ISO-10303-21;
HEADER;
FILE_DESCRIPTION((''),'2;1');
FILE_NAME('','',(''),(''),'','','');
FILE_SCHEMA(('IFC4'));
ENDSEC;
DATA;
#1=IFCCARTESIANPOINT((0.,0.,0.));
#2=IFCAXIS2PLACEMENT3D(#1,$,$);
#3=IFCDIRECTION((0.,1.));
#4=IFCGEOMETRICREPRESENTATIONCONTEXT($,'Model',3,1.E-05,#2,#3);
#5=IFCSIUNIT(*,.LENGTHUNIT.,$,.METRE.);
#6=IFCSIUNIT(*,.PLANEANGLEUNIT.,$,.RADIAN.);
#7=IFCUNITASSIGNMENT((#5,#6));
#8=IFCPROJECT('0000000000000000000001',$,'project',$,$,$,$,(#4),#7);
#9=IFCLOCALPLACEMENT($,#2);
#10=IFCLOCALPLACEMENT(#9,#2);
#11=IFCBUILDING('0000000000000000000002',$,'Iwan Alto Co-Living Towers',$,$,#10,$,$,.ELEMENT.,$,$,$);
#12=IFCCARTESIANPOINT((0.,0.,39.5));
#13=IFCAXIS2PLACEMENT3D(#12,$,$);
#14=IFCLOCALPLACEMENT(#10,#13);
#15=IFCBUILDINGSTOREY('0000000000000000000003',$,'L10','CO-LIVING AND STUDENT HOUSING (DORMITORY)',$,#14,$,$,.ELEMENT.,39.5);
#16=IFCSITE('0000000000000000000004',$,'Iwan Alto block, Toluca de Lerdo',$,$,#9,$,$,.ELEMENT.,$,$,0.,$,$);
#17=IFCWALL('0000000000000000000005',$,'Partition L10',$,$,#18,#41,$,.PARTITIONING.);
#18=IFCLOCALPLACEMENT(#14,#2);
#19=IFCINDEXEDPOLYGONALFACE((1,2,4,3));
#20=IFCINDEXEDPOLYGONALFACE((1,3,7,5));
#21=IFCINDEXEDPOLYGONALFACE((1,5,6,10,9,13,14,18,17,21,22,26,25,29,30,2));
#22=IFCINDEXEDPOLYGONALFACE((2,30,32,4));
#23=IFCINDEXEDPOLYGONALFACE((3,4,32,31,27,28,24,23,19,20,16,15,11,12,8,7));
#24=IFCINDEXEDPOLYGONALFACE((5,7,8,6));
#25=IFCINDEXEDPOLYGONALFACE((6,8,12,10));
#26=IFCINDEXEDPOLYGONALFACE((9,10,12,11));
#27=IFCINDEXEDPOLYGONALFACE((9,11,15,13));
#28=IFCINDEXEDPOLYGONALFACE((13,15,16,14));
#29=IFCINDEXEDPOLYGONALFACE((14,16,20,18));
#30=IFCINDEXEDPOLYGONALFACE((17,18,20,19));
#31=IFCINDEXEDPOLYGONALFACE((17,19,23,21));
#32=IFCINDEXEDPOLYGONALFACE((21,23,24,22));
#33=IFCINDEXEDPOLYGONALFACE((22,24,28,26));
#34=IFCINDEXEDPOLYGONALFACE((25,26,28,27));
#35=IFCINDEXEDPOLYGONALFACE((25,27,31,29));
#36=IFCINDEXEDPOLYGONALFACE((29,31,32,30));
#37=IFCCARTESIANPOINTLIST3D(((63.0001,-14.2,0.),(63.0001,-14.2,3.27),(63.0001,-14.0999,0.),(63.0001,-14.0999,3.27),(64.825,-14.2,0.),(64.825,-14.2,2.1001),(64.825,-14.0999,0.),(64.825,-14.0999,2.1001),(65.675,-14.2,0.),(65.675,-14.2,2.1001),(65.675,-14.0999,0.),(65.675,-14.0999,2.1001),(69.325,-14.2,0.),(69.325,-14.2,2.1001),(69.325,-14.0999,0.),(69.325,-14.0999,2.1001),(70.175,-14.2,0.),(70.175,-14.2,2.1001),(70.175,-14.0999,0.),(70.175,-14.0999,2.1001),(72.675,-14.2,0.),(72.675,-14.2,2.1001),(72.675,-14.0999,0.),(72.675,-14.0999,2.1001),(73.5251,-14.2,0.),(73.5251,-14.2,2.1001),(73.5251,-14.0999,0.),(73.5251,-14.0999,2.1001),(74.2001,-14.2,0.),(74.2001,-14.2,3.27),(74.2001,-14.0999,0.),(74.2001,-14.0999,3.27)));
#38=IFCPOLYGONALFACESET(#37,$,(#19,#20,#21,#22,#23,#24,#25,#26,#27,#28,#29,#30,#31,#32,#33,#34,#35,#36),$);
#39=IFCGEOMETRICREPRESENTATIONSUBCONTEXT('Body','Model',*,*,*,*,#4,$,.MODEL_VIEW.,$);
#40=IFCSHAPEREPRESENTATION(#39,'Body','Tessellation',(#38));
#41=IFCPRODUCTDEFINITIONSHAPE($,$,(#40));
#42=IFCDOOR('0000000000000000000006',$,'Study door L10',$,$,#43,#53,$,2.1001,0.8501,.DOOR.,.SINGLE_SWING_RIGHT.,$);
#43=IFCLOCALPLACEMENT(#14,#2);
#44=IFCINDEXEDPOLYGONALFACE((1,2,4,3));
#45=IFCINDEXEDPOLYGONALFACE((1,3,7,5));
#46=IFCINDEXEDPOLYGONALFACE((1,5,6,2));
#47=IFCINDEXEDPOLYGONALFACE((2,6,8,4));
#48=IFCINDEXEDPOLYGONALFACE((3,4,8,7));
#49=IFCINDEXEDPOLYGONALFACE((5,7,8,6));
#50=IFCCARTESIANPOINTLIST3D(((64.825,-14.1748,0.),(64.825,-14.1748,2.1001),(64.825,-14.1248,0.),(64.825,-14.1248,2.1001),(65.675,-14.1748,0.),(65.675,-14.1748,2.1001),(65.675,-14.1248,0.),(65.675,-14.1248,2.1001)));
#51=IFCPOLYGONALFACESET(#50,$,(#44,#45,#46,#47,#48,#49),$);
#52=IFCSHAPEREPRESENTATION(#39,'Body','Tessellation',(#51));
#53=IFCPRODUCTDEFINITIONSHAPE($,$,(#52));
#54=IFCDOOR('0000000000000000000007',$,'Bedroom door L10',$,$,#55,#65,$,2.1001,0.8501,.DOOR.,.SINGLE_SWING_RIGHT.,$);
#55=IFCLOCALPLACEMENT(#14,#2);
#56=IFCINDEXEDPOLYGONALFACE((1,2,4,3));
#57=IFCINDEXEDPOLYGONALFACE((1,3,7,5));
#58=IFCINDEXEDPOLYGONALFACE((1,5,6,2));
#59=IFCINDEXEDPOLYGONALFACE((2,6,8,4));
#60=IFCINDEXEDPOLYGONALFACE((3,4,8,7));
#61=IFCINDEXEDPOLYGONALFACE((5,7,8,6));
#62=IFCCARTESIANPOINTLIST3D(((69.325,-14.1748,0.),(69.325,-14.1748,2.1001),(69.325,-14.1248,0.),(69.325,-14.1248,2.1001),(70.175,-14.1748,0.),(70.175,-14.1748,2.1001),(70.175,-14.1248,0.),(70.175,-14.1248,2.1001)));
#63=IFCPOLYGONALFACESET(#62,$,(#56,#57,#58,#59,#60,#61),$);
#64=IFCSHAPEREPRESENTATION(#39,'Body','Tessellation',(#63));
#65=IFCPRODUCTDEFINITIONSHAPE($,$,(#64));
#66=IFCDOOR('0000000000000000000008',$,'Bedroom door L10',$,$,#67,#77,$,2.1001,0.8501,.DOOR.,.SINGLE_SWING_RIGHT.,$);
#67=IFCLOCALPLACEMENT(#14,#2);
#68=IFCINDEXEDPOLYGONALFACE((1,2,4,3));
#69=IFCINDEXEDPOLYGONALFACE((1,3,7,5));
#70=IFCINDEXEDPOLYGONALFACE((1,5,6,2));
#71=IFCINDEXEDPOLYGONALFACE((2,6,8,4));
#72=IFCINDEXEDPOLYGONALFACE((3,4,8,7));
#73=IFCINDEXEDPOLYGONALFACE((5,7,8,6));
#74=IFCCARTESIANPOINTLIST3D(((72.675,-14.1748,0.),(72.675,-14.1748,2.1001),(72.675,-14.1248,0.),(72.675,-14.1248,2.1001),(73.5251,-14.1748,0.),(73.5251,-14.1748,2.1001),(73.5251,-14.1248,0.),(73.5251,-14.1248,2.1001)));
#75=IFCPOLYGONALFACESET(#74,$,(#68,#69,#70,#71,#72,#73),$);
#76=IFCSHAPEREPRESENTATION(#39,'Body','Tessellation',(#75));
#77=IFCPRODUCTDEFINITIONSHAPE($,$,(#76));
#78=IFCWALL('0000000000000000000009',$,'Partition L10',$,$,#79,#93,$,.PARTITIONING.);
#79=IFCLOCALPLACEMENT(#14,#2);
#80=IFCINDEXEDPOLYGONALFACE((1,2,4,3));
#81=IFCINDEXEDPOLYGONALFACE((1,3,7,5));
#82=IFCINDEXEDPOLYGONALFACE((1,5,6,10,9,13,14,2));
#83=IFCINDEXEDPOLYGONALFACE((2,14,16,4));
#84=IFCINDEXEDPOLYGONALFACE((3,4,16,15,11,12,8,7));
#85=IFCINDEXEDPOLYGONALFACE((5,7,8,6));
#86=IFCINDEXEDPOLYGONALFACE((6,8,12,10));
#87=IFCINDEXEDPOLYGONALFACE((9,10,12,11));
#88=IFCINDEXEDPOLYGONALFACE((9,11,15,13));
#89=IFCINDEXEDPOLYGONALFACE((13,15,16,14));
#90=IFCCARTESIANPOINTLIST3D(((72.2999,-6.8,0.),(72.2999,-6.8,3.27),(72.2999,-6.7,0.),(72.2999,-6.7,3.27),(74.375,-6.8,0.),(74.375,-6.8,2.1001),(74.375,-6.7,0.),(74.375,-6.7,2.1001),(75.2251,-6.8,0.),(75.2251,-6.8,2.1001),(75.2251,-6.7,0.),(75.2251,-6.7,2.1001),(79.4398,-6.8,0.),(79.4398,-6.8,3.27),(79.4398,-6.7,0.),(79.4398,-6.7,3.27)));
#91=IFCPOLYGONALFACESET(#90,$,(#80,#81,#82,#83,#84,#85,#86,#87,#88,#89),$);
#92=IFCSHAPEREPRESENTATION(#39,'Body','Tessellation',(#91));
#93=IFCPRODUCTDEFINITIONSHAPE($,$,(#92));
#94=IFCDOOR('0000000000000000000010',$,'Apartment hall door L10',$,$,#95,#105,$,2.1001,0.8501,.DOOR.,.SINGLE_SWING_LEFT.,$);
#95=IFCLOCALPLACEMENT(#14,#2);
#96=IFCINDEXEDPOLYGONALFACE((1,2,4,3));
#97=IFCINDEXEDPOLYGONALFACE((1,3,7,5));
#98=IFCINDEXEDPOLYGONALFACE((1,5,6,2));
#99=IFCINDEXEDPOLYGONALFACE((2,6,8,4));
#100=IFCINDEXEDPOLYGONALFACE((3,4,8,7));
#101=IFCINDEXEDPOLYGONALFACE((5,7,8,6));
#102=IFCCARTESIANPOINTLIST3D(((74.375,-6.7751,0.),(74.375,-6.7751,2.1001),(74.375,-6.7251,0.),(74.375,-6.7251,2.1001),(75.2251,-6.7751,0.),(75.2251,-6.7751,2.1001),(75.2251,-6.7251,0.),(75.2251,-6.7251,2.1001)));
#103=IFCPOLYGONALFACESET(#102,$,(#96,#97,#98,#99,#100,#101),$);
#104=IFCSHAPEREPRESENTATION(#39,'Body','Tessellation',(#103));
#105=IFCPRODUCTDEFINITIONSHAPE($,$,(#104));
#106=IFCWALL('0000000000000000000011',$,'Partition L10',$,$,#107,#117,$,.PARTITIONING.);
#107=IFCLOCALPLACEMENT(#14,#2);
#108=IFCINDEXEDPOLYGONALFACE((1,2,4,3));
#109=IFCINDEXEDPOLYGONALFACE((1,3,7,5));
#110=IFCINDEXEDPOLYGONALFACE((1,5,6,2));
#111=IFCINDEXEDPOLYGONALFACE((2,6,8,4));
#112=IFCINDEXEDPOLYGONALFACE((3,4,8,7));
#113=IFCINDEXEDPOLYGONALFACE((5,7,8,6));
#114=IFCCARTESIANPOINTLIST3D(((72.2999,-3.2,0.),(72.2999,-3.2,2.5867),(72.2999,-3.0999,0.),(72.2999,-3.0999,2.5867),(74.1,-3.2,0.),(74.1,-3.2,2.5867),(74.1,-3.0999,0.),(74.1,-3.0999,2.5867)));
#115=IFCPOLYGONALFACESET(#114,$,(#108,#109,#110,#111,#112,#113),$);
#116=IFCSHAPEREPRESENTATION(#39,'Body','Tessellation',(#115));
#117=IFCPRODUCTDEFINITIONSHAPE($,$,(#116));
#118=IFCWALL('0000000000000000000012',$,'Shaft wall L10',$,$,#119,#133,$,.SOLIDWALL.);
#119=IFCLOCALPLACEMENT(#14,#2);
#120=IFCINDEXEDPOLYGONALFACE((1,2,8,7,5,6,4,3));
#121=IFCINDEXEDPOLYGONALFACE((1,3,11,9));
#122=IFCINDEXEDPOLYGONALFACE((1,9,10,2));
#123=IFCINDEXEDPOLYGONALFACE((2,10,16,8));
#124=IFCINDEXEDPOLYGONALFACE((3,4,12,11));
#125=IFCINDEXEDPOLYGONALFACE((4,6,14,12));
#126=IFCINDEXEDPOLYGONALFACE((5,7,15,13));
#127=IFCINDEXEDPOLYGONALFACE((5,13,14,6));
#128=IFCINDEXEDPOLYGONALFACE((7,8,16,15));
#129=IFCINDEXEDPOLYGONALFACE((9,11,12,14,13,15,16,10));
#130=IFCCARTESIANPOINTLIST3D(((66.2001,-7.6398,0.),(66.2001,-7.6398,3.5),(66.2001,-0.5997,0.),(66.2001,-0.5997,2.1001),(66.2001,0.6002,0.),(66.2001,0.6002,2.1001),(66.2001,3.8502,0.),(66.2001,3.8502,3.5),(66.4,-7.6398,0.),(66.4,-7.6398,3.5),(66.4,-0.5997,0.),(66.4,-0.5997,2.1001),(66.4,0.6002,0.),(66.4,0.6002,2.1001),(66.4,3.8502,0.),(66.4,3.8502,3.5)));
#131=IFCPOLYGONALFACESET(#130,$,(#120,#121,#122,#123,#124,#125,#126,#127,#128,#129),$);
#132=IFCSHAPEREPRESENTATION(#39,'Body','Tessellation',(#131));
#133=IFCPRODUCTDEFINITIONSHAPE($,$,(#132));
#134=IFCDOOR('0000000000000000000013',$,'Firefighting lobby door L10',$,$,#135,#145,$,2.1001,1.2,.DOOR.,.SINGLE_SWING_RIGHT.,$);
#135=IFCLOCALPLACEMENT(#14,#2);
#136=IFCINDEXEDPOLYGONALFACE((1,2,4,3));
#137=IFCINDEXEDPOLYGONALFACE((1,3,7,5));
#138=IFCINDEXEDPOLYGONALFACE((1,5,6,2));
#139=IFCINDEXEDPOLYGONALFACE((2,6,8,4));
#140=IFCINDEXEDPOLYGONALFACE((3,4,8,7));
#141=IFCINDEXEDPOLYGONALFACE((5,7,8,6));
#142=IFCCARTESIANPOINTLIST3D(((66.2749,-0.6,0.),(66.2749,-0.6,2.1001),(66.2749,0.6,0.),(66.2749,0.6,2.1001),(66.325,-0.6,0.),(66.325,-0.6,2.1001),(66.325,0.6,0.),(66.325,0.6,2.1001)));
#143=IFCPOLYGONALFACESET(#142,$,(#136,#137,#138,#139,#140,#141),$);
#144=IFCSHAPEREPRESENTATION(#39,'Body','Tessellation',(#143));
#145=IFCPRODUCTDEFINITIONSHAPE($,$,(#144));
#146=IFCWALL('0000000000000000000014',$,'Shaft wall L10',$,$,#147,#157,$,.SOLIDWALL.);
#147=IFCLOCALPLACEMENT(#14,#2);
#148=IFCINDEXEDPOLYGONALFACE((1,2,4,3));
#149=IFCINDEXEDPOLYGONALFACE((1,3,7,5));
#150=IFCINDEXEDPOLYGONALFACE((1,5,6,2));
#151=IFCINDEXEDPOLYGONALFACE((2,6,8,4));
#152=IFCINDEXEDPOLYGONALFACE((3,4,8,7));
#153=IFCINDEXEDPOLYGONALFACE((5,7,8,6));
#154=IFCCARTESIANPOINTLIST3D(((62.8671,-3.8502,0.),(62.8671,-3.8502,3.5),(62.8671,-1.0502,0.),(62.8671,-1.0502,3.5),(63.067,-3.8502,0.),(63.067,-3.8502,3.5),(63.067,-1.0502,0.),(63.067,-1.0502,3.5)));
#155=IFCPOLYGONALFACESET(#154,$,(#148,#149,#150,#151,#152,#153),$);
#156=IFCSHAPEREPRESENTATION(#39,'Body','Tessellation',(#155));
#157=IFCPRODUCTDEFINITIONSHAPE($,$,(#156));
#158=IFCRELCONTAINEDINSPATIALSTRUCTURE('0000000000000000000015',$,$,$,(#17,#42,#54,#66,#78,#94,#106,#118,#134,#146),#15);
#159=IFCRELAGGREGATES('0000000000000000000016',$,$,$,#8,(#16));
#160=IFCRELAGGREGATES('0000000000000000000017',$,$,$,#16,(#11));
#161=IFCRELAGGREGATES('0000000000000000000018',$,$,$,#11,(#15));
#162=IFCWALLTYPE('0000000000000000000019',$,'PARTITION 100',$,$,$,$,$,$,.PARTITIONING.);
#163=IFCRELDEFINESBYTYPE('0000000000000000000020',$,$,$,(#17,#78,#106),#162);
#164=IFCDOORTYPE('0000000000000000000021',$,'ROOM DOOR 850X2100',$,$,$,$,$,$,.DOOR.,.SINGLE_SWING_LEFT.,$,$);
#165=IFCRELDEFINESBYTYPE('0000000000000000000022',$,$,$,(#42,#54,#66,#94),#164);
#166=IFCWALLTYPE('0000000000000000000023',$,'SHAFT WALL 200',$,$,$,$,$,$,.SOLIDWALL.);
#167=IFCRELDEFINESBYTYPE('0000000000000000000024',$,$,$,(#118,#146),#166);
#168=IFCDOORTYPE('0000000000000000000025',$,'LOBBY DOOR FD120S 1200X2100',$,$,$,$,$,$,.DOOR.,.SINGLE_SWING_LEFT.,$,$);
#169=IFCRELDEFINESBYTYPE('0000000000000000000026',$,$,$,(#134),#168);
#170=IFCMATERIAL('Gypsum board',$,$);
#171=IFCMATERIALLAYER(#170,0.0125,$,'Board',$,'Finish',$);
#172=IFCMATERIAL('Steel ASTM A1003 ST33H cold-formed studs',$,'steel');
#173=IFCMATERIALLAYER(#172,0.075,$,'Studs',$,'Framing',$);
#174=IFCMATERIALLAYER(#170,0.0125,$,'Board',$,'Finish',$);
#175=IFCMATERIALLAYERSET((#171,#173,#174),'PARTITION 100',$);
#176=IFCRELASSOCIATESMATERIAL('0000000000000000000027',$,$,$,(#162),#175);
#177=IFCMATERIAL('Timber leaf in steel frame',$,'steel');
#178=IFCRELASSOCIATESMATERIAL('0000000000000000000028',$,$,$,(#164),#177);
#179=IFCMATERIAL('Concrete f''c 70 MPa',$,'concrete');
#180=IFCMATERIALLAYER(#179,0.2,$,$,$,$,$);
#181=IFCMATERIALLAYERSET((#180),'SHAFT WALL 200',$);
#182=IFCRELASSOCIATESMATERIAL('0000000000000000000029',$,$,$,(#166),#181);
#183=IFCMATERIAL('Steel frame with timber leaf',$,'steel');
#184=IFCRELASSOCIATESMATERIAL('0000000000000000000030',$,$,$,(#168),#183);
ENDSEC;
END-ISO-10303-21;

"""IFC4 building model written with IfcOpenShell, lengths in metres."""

from ifc_helpers import new_model, si_unit, direction, frame, frame_2d, origin, place, context, subcontext, project, spatial, rectangle, extrude, material, layer, layer_set, type_object, element, fill, save


model = new_model("IFC4")

# Units and contexts
model_context = context("Model", 3, precision=1e-05, world=origin(), true_north=direction((0.0, 1.0)))
body_context = subcontext(model_context, "Body", "Model", "MODEL_VIEW")
ifc_project = project(units=[si_unit("LENGTHUNIT", "METRE"), si_unit("PLANEANGLEUNIT", "RADIAN")], contexts=[model_context])

# Site, building, storey
site_placement = place(None, origin())
site = spatial("IfcSite", under=ifc_project, at=site_placement, Name="Iwan Alto block, Toluca de Lerdo", CompositionType="ELEMENT", RefElevation=0.0)
building_placement = place(site_placement, origin())
building = spatial("IfcBuilding", under=site, at=building_placement, Name="Iwan Alto Co-Living Towers", CompositionType="ELEMENT")
storey_placement = place(building_placement, frame((0.0, 0.0, 39.5)))
storey = spatial("IfcBuildingStorey", under=building, at=storey_placement, Name="L10", Description="CO-LIVING AND STUDENT HOUSING (DORMITORY)", CompositionType="ELEMENT", Elevation=39.5)

# Shared definitions
ifc_material_1 = material(Name="Gypsum board")
ifc_material_2 = material(Name="Steel ASTM A1003 ST33H cold-formed studs", Category="steel")

# Wall, openings, doors
ifc_layer_1 = layer(ifc_material_1, 0.0125, Name="Board", Category="Finish")
ifc_layer_2 = layer(ifc_material_2, 0.075, Name="Studs", Category="Framing")
ifc_layer_3 = layer(ifc_material_1, 0.0125, Name="Board", Category="Finish")
ifc_layer_set_1 = layer_set([ifc_layer_1, ifc_layer_2, ifc_layer_3], Name="PARTITION 100")
wall_type_1 = type_object("IfcWallType", Name="PARTITION 100", PredefinedType="PARTITIONING", material=ifc_layer_set_1)
wall_1_placement = place(storey_placement, frame((63.0, -14.1499, 0.0), z_axis=(0.0, 0.0, 1.0), x_axis=(1.0, 0.0, 0.0)))
wall_1 = element("IfcWall", 1, at=wall_1_placement, inside=storey, type_object=wall_type_1, Name="Partition L10", PredefinedType="PARTITIONING", context=body_context, shape_type="SweptSolid", body=[
    extrude(rectangle(XDim=11.2, YDim=0.1001, at=frame_2d((5.6001, 0.0))), origin(), (0.0, 0.0, 1.0), 3.27),
])
opening_1_placement = place(wall_1_placement, frame((1.825, 0.0, 0.0)))
opening_1 = element("IfcOpeningElement", 2, at=opening_1_placement, cuts=wall_1, PredefinedType="OPENING", context=body_context, shape_type="SweptSolid", body=[
    extrude(rectangle(XDim=0.8501, YDim=2.1001, at=frame_2d((0.425, 1.05))), frame((0.0, 0.0601, 0.0), z_axis=(0.0, -1.0, 0.0), x_axis=(1.0, 0.0, 0.0)), (0.0, 0.0, 1.0), 0.1201),
])
opening_2_placement = place(wall_1_placement, frame((6.325, 0.0, 0.0)))
opening_2 = element("IfcOpeningElement", 3, at=opening_2_placement, cuts=wall_1, PredefinedType="OPENING", context=body_context, shape_type="SweptSolid", body=[
    extrude(rectangle(XDim=0.8501, YDim=2.1001, at=frame_2d((0.425, 1.05))), frame((0.0, 0.0601, 0.0), z_axis=(0.0, -1.0, 0.0), x_axis=(1.0, 0.0, 0.0)), (0.0, 0.0, 1.0), 0.1201),
])
opening_3_placement = place(wall_1_placement, frame((9.675, 0.0, 0.0)))
opening_3 = element("IfcOpeningElement", 4, at=opening_3_placement, cuts=wall_1, PredefinedType="OPENING", context=body_context, shape_type="SweptSolid", body=[
    extrude(rectangle(XDim=0.8501, YDim=2.1001, at=frame_2d((0.425, 1.05))), frame((0.0, 0.0601, 0.0), z_axis=(0.0, -1.0, 0.0), x_axis=(1.0, 0.0, 0.0)), (0.0, 0.0, 1.0), 0.1201),
])
ifc_material_3 = material(Name="Timber leaf in steel frame", Category="steel")
door_type_1 = type_object("IfcDoorType", Name="ROOM DOOR 850X2100", OperationType="SINGLE_SWING_LEFT", PredefinedType="DOOR", material=ifc_material_3)
door_1_placement = place(opening_1_placement, frame((0.8501, 0.0, 0.0), z_axis=(0.0, 0.0, 1.0), x_axis=(-1.0, 0.0, 0.0)))
door_1 = element("IfcDoor", 5, at=door_1_placement, inside=storey, type_object=door_type_1, Name="Study door L10", OperationType="SINGLE_SWING_RIGHT", OverallHeight=2.1001, OverallWidth=0.8501, PredefinedType="DOOR", context=body_context, shape_type="SweptSolid", body=[
    extrude(rectangle(XDim=0.8501, YDim=2.1001, at=frame_2d((0.425, 1.05))), frame((0.0, 0.0249, 0.0), z_axis=(0.0, -1.0, 0.0), x_axis=(1.0, 0.0, 0.0)), (0.0, 0.0, 1.0), 0.05),
])
fill(opening_1, door_1)
door_2_placement = place(opening_2_placement, frame((0.8501, 0.0, 0.0), z_axis=(0.0, 0.0, 1.0), x_axis=(-1.0, 0.0, 0.0)))
door_2 = element("IfcDoor", 6, at=door_2_placement, inside=storey, type_object=door_type_1, Name="Bedroom door L10", OperationType="SINGLE_SWING_RIGHT", OverallHeight=2.1001, OverallWidth=0.8501, PredefinedType="DOOR", context=body_context, shape_type="SweptSolid", body=[
    extrude(rectangle(XDim=0.8501, YDim=2.1001, at=frame_2d((0.425, 1.05))), frame((0.0, 0.0249, 0.0), z_axis=(0.0, -1.0, 0.0), x_axis=(1.0, 0.0, 0.0)), (0.0, 0.0, 1.0), 0.05),
])
fill(opening_2, door_2)
door_3_placement = place(opening_3_placement, frame((0.8501, 0.0, 0.0), z_axis=(0.0, 0.0, 1.0), x_axis=(-1.0, 0.0, 0.0)))
door_3 = element("IfcDoor", 7, at=door_3_placement, inside=storey, type_object=door_type_1, Name="Bedroom door L10", OperationType="SINGLE_SWING_RIGHT", OverallHeight=2.1001, OverallWidth=0.8501, PredefinedType="DOOR", context=body_context, shape_type="SweptSolid", body=[
    extrude(rectangle(XDim=0.8501, YDim=2.1001, at=frame_2d((0.425, 1.05))), frame((0.0, 0.0249, 0.0), z_axis=(0.0, -1.0, 0.0), x_axis=(1.0, 0.0, 0.0)), (0.0, 0.0, 1.0), 0.05),
])
fill(opening_3, door_3)

# Wall, opening, door
wall_2_placement = place(storey_placement, frame((72.3, -6.75, 0.0), z_axis=(0.0, 0.0, 1.0), x_axis=(1.0, 0.0, 0.0)))
wall_2 = element("IfcWall", 8, at=wall_2_placement, inside=storey, type_object=wall_type_1, Name="Partition L10", PredefinedType="PARTITIONING", context=body_context, shape_type="SweptSolid", body=[
    extrude(rectangle(XDim=7.1399, YDim=0.1001, at=frame_2d((3.5698, 0.0))), origin(), (0.0, 0.0, 1.0), 3.27),
])
opening_4_placement = place(wall_2_placement, frame((2.075, 0.0, 0.0)))
opening_4 = element("IfcOpeningElement", 9, at=opening_4_placement, cuts=wall_2, PredefinedType="OPENING", context=body_context, shape_type="SweptSolid", body=[
    extrude(rectangle(XDim=0.8501, YDim=2.1001, at=frame_2d((0.425, 1.05))), frame((0.0, 0.0601, 0.0), z_axis=(0.0, -1.0, 0.0), x_axis=(1.0, 0.0, 0.0)), (0.0, 0.0, 1.0), 0.1201),
])
door_4_placement = place(opening_4_placement, origin())
door_4 = element("IfcDoor", 10, at=door_4_placement, inside=storey, type_object=door_type_1, Name="Apartment hall door L10", OperationType="SINGLE_SWING_LEFT", OverallHeight=2.1001, OverallWidth=0.8501, PredefinedType="DOOR", context=body_context, shape_type="SweptSolid", body=[
    extrude(rectangle(XDim=0.8501, YDim=2.1001, at=frame_2d((0.425, 1.05))), frame((0.0, 0.0249, 0.0), z_axis=(0.0, -1.0, 0.0), x_axis=(1.0, 0.0, 0.0)), (0.0, 0.0, 1.0), 0.05),
])
fill(opening_4, door_4)

# Wall
wall_3_placement = place(storey_placement, frame((72.3, -3.1499, 0.0), z_axis=(0.0, 0.0, 1.0), x_axis=(1.0, 0.0, 0.0)))
element("IfcWall", 11, at=wall_3_placement, inside=storey, type_object=wall_type_1, Name="Partition L10", PredefinedType="PARTITIONING", context=body_context, shape_type="SweptSolid", body=[
    extrude(rectangle(XDim=1.8, YDim=0.1001, at=frame_2d((0.8999, 0.0))), origin(), (0.0, 0.0, 1.0), 2.5867),
])

# Wall, opening, door
ifc_material_4 = material(Name="Concrete f'c 70 MPa", Category="concrete")
ifc_layer_4 = layer(ifc_material_4, 0.2)
ifc_layer_set_2 = layer_set([ifc_layer_4], Name="SHAFT WALL 200")
wall_type_2 = type_object("IfcWallType", Name="SHAFT WALL 200", PredefinedType="SOLIDWALL", material=ifc_layer_set_2)
wall_4_placement = place(storey_placement, frame((66.3, -7.6399, 0.0), z_axis=(0.0, 0.0, 1.0), x_axis=(0.0, 1.0, 0.0)))
wall_4 = element("IfcWall", 12, at=wall_4_placement, inside=storey, type_object=wall_type_2, Name="Shaft wall L10", PredefinedType="SOLIDWALL", context=body_context, shape_type="SweptSolid", body=[
    extrude(rectangle(XDim=11.49, YDim=0.2, at=frame_2d((5.7451, 0.0))), origin(), (0.0, 0.0, 1.0), 3.5),
])
opening_5_placement = place(wall_4_placement, frame((7.04, 0.0, 0.0)))
opening_5 = element("IfcOpeningElement", 13, at=opening_5_placement, cuts=wall_4, PredefinedType="OPENING", context=body_context, shape_type="SweptSolid", body=[
    extrude(rectangle(XDim=1.2, YDim=2.1001, at=frame_2d((0.6001, 1.05))), frame((0.0, 0.1099, 0.0), z_axis=(0.0, -1.0, 0.0), x_axis=(1.0, 0.0, 0.0)), (0.0, 0.0, 1.0), 0.22),
])
ifc_material_5 = material(Name="Steel frame with timber leaf", Category="steel")
door_type_2 = type_object("IfcDoorType", Name="LOBBY DOOR FD120S 1200X2100", OperationType="SINGLE_SWING_LEFT", PredefinedType="DOOR", material=ifc_material_5)
door_5_placement = place(opening_5_placement, frame((1.2, 0.0, 0.0), z_axis=(0.0, 0.0, 1.0), x_axis=(-1.0, 0.0, 0.0)))
door_5 = element("IfcDoor", 14, at=door_5_placement, inside=storey, type_object=door_type_2, Name="Firefighting lobby door L10", OperationType="SINGLE_SWING_RIGHT", OverallHeight=2.1001, OverallWidth=1.2, PredefinedType="DOOR", context=body_context, shape_type="SweptSolid", body=[
    extrude(rectangle(XDim=1.2, YDim=2.1001, at=frame_2d((0.6001, 1.05))), frame((0.0, 0.0249, 0.0), z_axis=(0.0, -1.0, 0.0), x_axis=(1.0, 0.0, 0.0)), (0.0, 0.0, 1.0), 0.05),
])
fill(opening_5, door_5)

# Wall
wall_5_placement = place(storey_placement, frame((62.967, -3.8501, 0.0), z_axis=(0.0, 0.0, 1.0), x_axis=(0.0, 1.0, 0.0)))
element("IfcWall", 15, at=wall_5_placement, inside=storey, type_object=wall_type_2, Name="Shaft wall L10", PredefinedType="SOLIDWALL", context=body_context, shape_type="SweptSolid", body=[
    extrude(rectangle(XDim=2.8, YDim=0.2, at=frame_2d((1.3999, 0.0))), origin(), (0.0, 0.0, 1.0), 3.5),
])

save(model, "model.ifc")
